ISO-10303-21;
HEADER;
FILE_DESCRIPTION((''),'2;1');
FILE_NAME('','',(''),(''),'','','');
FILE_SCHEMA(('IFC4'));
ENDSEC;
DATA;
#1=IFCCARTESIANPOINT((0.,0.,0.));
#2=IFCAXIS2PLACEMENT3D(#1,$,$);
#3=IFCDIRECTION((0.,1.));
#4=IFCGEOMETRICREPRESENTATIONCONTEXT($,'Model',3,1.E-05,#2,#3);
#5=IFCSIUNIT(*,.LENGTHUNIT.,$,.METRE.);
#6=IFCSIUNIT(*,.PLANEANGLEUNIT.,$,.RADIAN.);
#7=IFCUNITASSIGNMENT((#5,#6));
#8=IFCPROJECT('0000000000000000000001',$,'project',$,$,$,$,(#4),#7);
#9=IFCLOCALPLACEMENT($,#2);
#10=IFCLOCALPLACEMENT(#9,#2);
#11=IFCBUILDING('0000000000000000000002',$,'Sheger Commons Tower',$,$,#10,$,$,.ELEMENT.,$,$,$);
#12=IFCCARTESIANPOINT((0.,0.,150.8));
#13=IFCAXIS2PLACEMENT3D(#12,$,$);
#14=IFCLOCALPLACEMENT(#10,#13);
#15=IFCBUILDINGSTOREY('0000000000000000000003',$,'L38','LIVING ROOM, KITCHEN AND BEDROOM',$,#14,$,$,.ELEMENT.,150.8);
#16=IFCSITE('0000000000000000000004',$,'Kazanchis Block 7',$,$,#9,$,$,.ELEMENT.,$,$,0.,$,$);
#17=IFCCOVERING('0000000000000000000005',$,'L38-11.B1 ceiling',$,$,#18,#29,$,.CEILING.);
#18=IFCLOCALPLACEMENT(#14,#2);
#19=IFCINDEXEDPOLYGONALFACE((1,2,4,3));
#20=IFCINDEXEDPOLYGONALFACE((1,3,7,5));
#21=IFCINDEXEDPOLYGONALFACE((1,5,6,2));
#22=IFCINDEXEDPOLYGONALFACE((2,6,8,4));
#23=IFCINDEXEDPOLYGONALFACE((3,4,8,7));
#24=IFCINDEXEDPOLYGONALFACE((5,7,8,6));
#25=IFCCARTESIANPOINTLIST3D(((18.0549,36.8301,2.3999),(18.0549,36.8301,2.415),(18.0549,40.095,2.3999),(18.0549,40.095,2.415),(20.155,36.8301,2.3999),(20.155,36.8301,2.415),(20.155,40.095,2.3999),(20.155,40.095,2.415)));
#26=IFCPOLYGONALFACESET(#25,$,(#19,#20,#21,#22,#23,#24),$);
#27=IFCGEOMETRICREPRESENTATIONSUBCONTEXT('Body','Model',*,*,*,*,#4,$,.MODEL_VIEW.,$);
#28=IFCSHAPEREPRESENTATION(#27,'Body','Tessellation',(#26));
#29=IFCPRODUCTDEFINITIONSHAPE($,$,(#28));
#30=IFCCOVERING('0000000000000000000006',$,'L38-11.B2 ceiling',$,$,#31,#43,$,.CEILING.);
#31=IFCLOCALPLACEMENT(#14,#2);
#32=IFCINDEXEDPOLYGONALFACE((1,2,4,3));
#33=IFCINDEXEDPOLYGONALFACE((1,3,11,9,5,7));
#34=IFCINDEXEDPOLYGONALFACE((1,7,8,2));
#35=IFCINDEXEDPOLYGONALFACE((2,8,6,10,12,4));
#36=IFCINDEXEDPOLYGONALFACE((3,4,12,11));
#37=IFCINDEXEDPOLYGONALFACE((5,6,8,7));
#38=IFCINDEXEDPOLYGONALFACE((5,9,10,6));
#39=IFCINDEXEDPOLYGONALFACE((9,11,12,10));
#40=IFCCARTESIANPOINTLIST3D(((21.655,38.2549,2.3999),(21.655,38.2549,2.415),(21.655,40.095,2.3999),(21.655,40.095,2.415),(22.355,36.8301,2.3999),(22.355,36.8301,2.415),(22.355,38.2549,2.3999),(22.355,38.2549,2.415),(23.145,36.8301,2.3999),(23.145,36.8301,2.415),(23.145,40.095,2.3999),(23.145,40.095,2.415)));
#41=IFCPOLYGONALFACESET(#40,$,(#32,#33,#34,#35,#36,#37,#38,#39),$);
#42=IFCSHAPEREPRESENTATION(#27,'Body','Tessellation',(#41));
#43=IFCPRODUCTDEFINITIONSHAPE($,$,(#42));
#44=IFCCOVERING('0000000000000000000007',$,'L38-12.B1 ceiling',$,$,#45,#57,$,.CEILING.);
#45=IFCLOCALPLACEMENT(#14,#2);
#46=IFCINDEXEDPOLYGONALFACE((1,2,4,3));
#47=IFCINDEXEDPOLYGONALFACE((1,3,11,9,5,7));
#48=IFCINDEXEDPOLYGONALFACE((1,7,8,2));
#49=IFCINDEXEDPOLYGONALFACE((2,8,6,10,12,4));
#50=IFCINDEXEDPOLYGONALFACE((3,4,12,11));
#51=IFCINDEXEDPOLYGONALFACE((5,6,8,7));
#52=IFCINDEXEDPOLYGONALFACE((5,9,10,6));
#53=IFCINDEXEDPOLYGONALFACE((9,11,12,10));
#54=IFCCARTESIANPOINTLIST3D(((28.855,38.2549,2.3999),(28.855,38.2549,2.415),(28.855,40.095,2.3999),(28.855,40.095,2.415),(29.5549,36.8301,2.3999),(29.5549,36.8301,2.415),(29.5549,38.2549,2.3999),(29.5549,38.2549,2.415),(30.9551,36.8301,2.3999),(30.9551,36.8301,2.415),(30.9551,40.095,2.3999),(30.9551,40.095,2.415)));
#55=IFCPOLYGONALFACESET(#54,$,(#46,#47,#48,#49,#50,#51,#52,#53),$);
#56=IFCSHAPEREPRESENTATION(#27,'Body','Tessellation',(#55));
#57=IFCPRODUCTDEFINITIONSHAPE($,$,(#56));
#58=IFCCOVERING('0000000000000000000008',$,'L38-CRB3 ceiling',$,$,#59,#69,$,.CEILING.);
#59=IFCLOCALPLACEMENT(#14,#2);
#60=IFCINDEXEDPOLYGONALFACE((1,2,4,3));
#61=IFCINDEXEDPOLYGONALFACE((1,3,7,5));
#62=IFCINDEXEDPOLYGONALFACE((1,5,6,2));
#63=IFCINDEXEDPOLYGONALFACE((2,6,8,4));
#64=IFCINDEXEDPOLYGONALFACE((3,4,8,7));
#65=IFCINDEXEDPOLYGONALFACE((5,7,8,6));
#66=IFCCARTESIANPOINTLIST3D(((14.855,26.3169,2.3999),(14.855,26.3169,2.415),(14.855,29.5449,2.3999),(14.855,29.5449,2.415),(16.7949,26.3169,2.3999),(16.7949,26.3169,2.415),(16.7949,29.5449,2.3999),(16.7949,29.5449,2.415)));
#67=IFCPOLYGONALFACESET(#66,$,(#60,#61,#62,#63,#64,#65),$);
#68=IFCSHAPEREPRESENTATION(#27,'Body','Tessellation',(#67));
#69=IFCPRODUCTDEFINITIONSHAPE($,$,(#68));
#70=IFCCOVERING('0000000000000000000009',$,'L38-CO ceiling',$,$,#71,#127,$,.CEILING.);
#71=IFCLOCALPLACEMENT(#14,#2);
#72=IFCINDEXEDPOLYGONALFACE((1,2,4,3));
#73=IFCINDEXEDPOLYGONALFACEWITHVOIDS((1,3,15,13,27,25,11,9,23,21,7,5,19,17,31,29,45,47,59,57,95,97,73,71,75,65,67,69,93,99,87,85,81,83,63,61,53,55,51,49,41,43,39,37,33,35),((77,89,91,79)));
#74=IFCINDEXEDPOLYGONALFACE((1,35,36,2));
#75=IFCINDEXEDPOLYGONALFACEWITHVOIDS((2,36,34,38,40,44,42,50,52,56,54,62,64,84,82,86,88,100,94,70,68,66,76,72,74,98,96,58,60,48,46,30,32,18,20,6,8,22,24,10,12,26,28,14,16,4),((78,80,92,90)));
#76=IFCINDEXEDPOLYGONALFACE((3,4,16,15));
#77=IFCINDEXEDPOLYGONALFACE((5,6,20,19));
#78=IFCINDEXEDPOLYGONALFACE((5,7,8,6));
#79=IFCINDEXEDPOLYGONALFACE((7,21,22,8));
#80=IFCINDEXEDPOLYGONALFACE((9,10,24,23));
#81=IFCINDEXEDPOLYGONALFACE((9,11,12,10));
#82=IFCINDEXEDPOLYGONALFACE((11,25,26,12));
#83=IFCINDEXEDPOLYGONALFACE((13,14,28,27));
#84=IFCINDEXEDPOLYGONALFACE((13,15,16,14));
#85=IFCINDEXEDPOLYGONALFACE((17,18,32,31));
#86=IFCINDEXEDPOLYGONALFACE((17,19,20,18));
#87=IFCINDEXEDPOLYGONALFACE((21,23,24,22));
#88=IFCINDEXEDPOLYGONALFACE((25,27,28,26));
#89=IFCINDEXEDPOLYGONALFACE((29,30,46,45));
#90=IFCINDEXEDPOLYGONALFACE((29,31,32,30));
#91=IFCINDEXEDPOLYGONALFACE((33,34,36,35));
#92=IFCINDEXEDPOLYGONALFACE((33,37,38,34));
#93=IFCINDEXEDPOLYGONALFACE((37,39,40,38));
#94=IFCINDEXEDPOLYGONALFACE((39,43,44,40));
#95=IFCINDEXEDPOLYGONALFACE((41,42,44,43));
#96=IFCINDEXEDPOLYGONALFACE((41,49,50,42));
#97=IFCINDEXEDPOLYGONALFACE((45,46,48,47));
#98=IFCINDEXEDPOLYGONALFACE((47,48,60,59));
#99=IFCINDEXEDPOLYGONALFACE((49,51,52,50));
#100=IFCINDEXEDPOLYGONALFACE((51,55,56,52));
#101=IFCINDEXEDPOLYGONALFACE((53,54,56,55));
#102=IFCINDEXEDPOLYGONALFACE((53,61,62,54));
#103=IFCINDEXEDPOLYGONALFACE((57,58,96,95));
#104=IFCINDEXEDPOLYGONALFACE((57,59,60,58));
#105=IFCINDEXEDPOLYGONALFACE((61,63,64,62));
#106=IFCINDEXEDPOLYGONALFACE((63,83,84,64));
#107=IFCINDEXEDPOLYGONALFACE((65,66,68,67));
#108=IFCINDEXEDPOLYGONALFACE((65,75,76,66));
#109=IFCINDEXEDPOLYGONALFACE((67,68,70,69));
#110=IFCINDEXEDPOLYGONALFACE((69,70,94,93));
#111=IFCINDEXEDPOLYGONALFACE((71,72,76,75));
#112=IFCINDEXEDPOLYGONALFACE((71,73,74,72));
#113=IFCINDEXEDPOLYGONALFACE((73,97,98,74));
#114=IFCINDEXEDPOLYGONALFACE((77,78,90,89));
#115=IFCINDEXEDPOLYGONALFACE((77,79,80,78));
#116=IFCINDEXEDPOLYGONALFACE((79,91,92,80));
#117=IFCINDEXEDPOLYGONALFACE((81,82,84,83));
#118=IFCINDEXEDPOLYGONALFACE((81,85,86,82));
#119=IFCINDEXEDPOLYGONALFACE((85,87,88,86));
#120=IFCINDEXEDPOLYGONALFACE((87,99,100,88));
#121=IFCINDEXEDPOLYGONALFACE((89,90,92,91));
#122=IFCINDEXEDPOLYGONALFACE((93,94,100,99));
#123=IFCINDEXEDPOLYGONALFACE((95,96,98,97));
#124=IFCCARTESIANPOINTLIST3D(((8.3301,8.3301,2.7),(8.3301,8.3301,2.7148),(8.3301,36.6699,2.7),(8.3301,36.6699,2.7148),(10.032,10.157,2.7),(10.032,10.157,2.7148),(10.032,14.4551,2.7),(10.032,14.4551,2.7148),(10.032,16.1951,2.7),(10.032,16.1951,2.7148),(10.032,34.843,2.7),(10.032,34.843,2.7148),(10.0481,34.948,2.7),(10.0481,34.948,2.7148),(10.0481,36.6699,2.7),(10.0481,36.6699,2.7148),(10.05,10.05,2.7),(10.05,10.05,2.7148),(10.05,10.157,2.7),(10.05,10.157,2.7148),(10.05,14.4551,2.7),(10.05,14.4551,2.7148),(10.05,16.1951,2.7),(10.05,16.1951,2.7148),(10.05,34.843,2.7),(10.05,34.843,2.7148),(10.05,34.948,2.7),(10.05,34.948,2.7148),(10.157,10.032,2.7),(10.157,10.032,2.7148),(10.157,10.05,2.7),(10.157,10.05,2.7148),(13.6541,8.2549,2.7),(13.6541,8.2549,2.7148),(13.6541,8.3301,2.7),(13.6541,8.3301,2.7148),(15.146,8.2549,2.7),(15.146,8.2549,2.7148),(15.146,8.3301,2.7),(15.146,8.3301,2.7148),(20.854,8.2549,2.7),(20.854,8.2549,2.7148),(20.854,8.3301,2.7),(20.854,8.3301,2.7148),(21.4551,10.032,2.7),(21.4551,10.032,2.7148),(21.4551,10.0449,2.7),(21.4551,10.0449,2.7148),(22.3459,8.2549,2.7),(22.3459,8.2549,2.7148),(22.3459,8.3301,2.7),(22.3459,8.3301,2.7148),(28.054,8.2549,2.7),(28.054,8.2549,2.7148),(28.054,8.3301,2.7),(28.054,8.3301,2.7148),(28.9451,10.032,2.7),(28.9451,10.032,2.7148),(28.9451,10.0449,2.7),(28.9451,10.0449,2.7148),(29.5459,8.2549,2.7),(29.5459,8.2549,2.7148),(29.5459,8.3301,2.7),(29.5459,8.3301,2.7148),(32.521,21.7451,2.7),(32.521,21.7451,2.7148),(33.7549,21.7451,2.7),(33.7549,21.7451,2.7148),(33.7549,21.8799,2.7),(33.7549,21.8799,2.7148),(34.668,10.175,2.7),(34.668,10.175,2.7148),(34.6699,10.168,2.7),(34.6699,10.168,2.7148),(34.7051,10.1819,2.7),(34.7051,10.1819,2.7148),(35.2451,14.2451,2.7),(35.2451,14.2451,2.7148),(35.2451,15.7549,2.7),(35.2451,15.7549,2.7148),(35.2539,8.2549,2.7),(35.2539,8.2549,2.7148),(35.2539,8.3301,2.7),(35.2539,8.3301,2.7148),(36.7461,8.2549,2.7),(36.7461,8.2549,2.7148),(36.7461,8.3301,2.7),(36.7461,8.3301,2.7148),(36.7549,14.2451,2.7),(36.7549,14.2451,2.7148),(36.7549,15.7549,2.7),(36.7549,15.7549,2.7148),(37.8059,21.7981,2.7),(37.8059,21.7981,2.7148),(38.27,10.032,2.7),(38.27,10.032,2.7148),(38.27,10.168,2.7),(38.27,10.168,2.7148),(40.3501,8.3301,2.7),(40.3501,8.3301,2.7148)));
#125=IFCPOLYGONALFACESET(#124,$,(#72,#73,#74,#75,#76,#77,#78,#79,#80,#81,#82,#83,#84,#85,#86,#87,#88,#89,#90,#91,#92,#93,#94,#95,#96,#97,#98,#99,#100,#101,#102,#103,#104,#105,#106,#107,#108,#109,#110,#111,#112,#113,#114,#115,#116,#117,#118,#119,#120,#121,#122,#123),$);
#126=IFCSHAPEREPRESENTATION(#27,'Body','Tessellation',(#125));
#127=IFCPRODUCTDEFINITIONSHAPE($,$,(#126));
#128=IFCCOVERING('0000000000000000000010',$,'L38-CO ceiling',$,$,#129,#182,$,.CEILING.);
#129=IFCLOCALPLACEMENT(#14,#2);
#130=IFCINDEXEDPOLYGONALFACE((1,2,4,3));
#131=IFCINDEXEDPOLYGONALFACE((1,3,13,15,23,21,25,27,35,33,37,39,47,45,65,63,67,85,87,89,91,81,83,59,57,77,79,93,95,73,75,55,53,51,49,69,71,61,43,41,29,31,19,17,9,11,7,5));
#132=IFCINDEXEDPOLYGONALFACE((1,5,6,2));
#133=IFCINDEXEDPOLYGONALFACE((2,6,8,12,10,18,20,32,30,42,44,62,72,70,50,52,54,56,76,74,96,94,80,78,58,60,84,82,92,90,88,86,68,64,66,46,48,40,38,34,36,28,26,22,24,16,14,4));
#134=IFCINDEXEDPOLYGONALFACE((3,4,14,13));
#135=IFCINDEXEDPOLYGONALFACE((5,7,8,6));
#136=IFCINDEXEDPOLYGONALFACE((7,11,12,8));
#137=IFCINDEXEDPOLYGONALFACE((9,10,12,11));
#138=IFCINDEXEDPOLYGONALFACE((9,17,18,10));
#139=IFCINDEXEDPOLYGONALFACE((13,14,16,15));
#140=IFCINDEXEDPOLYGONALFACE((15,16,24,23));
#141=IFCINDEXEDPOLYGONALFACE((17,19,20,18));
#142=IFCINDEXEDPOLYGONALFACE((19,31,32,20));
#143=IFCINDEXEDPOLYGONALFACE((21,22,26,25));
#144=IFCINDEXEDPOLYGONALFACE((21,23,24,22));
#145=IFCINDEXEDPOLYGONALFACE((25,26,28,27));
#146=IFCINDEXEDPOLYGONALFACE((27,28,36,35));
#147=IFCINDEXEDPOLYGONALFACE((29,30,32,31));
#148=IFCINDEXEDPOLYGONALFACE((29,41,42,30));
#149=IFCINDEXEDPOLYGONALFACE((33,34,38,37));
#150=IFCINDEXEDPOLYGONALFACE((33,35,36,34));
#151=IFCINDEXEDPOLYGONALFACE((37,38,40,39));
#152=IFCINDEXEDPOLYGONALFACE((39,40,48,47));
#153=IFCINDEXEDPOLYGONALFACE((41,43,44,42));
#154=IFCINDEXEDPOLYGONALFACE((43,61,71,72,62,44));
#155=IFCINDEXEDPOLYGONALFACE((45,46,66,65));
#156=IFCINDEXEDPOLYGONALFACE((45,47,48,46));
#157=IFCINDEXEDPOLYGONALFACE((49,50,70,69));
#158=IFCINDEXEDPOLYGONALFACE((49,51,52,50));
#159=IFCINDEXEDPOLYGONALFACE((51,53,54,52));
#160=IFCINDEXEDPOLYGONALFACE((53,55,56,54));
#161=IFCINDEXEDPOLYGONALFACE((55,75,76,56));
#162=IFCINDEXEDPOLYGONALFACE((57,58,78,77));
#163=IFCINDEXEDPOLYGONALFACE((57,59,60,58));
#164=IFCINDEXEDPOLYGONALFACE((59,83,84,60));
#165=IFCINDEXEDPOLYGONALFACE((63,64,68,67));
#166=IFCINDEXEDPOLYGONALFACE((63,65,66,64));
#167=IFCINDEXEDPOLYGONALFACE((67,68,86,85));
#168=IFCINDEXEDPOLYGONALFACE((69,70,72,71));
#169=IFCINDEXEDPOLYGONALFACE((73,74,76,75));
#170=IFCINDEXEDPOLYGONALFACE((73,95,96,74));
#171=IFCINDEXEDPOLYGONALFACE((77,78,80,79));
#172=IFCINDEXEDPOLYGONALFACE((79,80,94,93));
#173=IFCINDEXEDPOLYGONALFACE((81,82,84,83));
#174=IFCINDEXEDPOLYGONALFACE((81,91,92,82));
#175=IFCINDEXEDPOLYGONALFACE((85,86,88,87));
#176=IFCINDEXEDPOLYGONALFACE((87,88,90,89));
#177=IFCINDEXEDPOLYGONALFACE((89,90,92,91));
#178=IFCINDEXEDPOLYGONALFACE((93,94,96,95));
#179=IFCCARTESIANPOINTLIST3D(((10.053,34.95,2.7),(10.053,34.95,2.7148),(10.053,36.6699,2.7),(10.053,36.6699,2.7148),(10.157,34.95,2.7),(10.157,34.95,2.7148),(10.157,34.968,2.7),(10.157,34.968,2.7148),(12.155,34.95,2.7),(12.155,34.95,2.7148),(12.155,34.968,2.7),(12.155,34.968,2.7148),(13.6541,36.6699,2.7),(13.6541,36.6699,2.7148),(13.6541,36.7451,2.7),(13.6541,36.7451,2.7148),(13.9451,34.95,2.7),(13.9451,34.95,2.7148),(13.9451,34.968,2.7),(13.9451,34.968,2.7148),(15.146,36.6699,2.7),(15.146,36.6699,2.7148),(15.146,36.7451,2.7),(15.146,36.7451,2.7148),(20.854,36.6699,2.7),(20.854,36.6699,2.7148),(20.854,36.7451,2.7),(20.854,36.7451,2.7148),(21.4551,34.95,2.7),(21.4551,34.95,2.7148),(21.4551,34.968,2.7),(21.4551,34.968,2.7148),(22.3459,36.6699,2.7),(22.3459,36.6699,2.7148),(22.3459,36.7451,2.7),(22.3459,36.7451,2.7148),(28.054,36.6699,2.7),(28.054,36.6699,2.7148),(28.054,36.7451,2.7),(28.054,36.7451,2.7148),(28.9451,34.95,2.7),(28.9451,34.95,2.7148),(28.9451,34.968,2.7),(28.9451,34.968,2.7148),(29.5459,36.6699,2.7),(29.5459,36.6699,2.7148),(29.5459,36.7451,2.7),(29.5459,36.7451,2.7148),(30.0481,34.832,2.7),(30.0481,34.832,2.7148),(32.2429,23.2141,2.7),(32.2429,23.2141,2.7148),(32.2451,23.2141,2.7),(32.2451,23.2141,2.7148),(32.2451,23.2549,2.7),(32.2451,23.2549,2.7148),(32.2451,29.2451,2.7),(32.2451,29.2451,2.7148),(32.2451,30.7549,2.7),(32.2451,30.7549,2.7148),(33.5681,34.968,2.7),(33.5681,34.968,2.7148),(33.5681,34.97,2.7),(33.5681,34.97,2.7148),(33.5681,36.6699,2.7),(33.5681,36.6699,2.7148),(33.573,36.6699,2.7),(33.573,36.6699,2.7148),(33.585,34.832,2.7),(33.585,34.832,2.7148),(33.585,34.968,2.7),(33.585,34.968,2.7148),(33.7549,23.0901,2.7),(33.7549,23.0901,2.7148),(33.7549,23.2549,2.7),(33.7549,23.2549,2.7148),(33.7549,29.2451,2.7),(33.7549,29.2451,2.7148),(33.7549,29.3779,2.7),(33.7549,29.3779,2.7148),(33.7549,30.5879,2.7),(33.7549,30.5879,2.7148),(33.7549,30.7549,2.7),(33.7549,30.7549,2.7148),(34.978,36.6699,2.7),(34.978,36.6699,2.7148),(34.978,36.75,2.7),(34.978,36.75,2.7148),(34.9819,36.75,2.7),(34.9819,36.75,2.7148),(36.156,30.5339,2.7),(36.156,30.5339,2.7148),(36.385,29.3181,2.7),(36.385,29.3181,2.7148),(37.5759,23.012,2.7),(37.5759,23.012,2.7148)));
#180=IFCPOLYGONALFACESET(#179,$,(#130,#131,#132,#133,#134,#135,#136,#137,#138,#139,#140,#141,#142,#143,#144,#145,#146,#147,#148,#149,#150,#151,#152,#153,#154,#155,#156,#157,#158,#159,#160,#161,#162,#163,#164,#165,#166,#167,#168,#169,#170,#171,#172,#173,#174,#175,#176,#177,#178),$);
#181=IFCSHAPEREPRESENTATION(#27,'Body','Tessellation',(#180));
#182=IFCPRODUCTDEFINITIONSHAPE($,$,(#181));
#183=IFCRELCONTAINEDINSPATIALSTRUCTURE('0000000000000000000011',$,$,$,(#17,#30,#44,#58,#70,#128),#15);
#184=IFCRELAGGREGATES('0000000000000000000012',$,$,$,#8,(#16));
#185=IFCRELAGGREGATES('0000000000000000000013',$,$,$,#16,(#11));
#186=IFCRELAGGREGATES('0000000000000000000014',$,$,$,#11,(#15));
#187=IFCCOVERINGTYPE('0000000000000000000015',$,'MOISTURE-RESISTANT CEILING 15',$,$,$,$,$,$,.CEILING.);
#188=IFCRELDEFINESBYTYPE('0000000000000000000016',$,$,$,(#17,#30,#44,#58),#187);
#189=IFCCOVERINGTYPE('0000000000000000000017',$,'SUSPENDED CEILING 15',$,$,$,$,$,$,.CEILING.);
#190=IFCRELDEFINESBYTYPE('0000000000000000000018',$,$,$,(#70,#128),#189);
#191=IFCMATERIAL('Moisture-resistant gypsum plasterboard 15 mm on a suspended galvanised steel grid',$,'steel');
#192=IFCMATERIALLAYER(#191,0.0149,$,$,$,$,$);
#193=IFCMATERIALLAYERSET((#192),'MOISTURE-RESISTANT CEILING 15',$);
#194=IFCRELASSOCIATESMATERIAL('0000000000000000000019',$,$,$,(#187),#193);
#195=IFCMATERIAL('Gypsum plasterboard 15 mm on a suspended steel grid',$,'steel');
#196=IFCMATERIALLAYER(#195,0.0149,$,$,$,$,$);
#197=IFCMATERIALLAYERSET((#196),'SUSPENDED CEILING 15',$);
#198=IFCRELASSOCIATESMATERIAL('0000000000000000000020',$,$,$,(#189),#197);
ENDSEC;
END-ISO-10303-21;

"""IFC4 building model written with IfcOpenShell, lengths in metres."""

from ifc_helpers import new_model, si_unit, direction, frame, origin, place, context, subcontext, project, spatial, polyline, outline, extrude, material, layer, layer_set, type_object, element, save


model = new_model("IFC4")

# Units and contexts
model_context = context("Model", 3, precision=1e-05, world=origin(), true_north=direction((0.0, 1.0)))
body_context = subcontext(model_context, "Body", "Model", "MODEL_VIEW")
ifc_project = project(units=[si_unit("LENGTHUNIT", "METRE"), si_unit("PLANEANGLEUNIT", "RADIAN")], contexts=[model_context])

# Site, building, storey
site_placement = place(None, origin())
site = spatial("IfcSite", under=ifc_project, at=site_placement, Name="Kazanchis Block 7", CompositionType="ELEMENT", RefElevation=0.0)
building_placement = place(site_placement, origin())
building = spatial("IfcBuilding", under=site, at=building_placement, Name="Sheger Commons Tower", CompositionType="ELEMENT")
storey_placement = place(building_placement, frame((0.0, 0.0, 150.8)))
storey = spatial("IfcBuildingStorey", under=building, at=storey_placement, Name="L38", Description="LIVING ROOM, KITCHEN AND BEDROOM", CompositionType="ELEMENT", Elevation=150.8)

# Coverings
ifc_material_1 = material(Name="Moisture-resistant gypsum plasterboard 15 mm on a suspended galvanised steel grid", Category="steel")
ifc_layer_1 = layer(ifc_material_1, 0.0149)
ifc_layer_set_1 = layer_set([ifc_layer_1], Name="MOISTURE-RESISTANT CEILING 15")
covering_type_1 = type_object("IfcCoveringType", Name="MOISTURE-RESISTANT CEILING 15", PredefinedType="CEILING", material=ifc_layer_set_1)
covering_1_placement = place(storey_placement, frame((0.0, 0.0, 2.3999)))
element("IfcCovering", 1, at=covering_1_placement, inside=storey, type_object=covering_type_1, Name="L38-11.B1 ceiling", PredefinedType="CEILING", context=body_context, shape_type="SweptSolid", body=[
    extrude(outline(polyline([(18.0549, 36.8301), (20.155, 36.8301), (20.155, 40.095), (18.0549, 40.095), (18.0549, 36.8301)])), origin(), (0.0, 0.0, 1.0), 0.0151),
])
covering_2_placement = place(storey_placement, frame((0.0, 0.0, 2.3999)))
element("IfcCovering", 2, at=covering_2_placement, inside=storey, type_object=covering_type_1, Name="L38-11.B2 ceiling", PredefinedType="CEILING", context=body_context, shape_type="SweptSolid", body=[
    extrude(outline(polyline([(22.355, 36.8301), (23.145, 36.8301), (23.145, 40.095), (21.655, 40.095), (21.655, 38.2549), (22.355, 38.2549), (22.355, 36.8301)])), origin(), (0.0, 0.0, 1.0), 0.0151),
])
covering_3_placement = place(storey_placement, frame((0.0, 0.0, 2.3999)))
element("IfcCovering", 3, at=covering_3_placement, inside=storey, type_object=covering_type_1, Name="L38-12.B1 ceiling", PredefinedType="CEILING", context=body_context, shape_type="SweptSolid", body=[
    extrude(outline(polyline([(29.5549, 36.8301), (30.9551, 36.8301), (30.9551, 40.095), (28.855, 40.095), (28.855, 38.2549), (29.5549, 38.2549), (29.5549, 36.8301)])), origin(), (0.0, 0.0, 1.0), 0.0151),
])
covering_4_placement = place(storey_placement, frame((0.0, 0.0, 2.3999)))
element("IfcCovering", 4, at=covering_4_placement, inside=storey, type_object=covering_type_1, Name="L38-CRB3 ceiling", PredefinedType="CEILING", context=body_context, shape_type="SweptSolid", body=[
    extrude(outline(polyline([(14.855, 26.3169), (16.7949, 26.3169), (16.7949, 29.5449), (14.855, 29.5449), (14.855, 26.3169)])), origin(), (0.0, 0.0, 1.0), 0.0151),
])
ifc_material_2 = material(Name="Gypsum plasterboard 15 mm on a suspended steel grid", Category="steel")
ifc_layer_2 = layer(ifc_material_2, 0.0149)
ifc_layer_set_2 = layer_set([ifc_layer_2], Name="SUSPENDED CEILING 15")
covering_type_2 = type_object("IfcCoveringType", Name="SUSPENDED CEILING 15", PredefinedType="CEILING", material=ifc_layer_set_2)
covering_5_placement = place(storey_placement, frame((0.0, 0.0, 2.7)))
element("IfcCovering", 5, at=covering_5_placement, inside=storey, type_object=covering_type_2, Name="L38-CO ceiling", PredefinedType="CEILING", context=body_context, shape_type="SweptSolid", body=[
    extrude(outline(polyline([(13.6541, 8.2549), (15.146, 8.2549), (15.146, 8.3301), (20.854, 8.3301), (20.854, 8.2549), (22.3459, 8.2549), (22.3459, 8.3301), (28.054, 8.3301), (28.054, 8.2549), (29.5459, 8.2549), (29.5459, 8.3301), (35.2539, 8.3301), (35.2539, 8.2549), (36.7461, 8.2549), (36.7461, 8.3301), (40.3501, 8.3301), (37.8059, 21.7981), (33.7549, 21.8799), (33.7549, 21.7451), (32.521, 21.7451), (34.7051, 10.1819), (34.668, 10.175), (34.6699, 10.168), (38.27, 10.168), (38.27, 10.032), (28.9451, 10.032), (28.9451, 10.0449), (21.4551, 10.0449), (21.4551, 10.032), (10.157, 10.032), (10.157, 10.05), (10.05, 10.05), (10.05, 10.157), (10.032, 10.157), (10.032, 14.4551), (10.05, 14.4551), (10.05, 16.1951), (10.032, 16.1951), (10.032, 34.843), (10.05, 34.843), (10.05, 34.948), (10.0481, 34.948), (10.0481, 36.6699), (8.3301, 36.6699), (8.3301, 8.3301), (13.6541, 8.3301), (13.6541, 8.2549)]), holes=[polyline([(36.7549, 15.7549), (36.7549, 14.2451), (35.2451, 14.2451), (35.2451, 15.7549), (36.7549, 15.7549)])]), origin(), (0.0, 0.0, 1.0), 0.0149),
])
covering_6_placement = place(storey_placement, frame((0.0, 0.0, 2.7)))
element("IfcCovering", 6, at=covering_6_placement, inside=storey, type_object=covering_type_2, Name="L38-CO ceiling", PredefinedType="CEILING", context=body_context, shape_type="SweptSolid", body=[
    extrude(outline(polyline([(37.5759, 23.012), (36.385, 29.3181), (33.7549, 29.3779), (33.7549, 29.2451), (32.2451, 29.2451), (32.2451, 30.7549), (33.7549, 30.7549), (33.7549, 30.5879), (36.156, 30.5339), (34.9819, 36.75), (34.978, 36.75), (34.978, 36.6699), (33.573, 36.6699), (33.5681, 34.97), (33.5681, 36.6699), (29.5459, 36.6699), (29.5459, 36.7451), (28.054, 36.7451), (28.054, 36.6699), (22.3459, 36.6699), (22.3459, 36.7451), (20.854, 36.7451), (20.854, 36.6699), (15.146, 36.6699), (15.146, 36.7451), (13.6541, 36.7451), (13.6541, 36.6699), (10.053, 36.6699), (10.053, 34.95), (10.157, 34.95), (10.157, 34.968), (12.155, 34.968), (12.155, 34.95), (13.9451, 34.95), (13.9451, 34.968), (21.4551, 34.968), (21.4551, 34.95), (28.9451, 34.95), (28.9451, 34.968), (33.5681, 34.968), (33.585, 34.968), (33.585, 34.832), (30.0481, 34.832), (32.2429, 23.2141), (32.2451, 23.2141), (32.2451, 23.2549), (33.7549, 23.2549), (33.7549, 23.0901), (37.5759, 23.012)])), origin(), (0.0, 0.0, 1.0), 0.0149),
])

save(model, "model.ifc")
